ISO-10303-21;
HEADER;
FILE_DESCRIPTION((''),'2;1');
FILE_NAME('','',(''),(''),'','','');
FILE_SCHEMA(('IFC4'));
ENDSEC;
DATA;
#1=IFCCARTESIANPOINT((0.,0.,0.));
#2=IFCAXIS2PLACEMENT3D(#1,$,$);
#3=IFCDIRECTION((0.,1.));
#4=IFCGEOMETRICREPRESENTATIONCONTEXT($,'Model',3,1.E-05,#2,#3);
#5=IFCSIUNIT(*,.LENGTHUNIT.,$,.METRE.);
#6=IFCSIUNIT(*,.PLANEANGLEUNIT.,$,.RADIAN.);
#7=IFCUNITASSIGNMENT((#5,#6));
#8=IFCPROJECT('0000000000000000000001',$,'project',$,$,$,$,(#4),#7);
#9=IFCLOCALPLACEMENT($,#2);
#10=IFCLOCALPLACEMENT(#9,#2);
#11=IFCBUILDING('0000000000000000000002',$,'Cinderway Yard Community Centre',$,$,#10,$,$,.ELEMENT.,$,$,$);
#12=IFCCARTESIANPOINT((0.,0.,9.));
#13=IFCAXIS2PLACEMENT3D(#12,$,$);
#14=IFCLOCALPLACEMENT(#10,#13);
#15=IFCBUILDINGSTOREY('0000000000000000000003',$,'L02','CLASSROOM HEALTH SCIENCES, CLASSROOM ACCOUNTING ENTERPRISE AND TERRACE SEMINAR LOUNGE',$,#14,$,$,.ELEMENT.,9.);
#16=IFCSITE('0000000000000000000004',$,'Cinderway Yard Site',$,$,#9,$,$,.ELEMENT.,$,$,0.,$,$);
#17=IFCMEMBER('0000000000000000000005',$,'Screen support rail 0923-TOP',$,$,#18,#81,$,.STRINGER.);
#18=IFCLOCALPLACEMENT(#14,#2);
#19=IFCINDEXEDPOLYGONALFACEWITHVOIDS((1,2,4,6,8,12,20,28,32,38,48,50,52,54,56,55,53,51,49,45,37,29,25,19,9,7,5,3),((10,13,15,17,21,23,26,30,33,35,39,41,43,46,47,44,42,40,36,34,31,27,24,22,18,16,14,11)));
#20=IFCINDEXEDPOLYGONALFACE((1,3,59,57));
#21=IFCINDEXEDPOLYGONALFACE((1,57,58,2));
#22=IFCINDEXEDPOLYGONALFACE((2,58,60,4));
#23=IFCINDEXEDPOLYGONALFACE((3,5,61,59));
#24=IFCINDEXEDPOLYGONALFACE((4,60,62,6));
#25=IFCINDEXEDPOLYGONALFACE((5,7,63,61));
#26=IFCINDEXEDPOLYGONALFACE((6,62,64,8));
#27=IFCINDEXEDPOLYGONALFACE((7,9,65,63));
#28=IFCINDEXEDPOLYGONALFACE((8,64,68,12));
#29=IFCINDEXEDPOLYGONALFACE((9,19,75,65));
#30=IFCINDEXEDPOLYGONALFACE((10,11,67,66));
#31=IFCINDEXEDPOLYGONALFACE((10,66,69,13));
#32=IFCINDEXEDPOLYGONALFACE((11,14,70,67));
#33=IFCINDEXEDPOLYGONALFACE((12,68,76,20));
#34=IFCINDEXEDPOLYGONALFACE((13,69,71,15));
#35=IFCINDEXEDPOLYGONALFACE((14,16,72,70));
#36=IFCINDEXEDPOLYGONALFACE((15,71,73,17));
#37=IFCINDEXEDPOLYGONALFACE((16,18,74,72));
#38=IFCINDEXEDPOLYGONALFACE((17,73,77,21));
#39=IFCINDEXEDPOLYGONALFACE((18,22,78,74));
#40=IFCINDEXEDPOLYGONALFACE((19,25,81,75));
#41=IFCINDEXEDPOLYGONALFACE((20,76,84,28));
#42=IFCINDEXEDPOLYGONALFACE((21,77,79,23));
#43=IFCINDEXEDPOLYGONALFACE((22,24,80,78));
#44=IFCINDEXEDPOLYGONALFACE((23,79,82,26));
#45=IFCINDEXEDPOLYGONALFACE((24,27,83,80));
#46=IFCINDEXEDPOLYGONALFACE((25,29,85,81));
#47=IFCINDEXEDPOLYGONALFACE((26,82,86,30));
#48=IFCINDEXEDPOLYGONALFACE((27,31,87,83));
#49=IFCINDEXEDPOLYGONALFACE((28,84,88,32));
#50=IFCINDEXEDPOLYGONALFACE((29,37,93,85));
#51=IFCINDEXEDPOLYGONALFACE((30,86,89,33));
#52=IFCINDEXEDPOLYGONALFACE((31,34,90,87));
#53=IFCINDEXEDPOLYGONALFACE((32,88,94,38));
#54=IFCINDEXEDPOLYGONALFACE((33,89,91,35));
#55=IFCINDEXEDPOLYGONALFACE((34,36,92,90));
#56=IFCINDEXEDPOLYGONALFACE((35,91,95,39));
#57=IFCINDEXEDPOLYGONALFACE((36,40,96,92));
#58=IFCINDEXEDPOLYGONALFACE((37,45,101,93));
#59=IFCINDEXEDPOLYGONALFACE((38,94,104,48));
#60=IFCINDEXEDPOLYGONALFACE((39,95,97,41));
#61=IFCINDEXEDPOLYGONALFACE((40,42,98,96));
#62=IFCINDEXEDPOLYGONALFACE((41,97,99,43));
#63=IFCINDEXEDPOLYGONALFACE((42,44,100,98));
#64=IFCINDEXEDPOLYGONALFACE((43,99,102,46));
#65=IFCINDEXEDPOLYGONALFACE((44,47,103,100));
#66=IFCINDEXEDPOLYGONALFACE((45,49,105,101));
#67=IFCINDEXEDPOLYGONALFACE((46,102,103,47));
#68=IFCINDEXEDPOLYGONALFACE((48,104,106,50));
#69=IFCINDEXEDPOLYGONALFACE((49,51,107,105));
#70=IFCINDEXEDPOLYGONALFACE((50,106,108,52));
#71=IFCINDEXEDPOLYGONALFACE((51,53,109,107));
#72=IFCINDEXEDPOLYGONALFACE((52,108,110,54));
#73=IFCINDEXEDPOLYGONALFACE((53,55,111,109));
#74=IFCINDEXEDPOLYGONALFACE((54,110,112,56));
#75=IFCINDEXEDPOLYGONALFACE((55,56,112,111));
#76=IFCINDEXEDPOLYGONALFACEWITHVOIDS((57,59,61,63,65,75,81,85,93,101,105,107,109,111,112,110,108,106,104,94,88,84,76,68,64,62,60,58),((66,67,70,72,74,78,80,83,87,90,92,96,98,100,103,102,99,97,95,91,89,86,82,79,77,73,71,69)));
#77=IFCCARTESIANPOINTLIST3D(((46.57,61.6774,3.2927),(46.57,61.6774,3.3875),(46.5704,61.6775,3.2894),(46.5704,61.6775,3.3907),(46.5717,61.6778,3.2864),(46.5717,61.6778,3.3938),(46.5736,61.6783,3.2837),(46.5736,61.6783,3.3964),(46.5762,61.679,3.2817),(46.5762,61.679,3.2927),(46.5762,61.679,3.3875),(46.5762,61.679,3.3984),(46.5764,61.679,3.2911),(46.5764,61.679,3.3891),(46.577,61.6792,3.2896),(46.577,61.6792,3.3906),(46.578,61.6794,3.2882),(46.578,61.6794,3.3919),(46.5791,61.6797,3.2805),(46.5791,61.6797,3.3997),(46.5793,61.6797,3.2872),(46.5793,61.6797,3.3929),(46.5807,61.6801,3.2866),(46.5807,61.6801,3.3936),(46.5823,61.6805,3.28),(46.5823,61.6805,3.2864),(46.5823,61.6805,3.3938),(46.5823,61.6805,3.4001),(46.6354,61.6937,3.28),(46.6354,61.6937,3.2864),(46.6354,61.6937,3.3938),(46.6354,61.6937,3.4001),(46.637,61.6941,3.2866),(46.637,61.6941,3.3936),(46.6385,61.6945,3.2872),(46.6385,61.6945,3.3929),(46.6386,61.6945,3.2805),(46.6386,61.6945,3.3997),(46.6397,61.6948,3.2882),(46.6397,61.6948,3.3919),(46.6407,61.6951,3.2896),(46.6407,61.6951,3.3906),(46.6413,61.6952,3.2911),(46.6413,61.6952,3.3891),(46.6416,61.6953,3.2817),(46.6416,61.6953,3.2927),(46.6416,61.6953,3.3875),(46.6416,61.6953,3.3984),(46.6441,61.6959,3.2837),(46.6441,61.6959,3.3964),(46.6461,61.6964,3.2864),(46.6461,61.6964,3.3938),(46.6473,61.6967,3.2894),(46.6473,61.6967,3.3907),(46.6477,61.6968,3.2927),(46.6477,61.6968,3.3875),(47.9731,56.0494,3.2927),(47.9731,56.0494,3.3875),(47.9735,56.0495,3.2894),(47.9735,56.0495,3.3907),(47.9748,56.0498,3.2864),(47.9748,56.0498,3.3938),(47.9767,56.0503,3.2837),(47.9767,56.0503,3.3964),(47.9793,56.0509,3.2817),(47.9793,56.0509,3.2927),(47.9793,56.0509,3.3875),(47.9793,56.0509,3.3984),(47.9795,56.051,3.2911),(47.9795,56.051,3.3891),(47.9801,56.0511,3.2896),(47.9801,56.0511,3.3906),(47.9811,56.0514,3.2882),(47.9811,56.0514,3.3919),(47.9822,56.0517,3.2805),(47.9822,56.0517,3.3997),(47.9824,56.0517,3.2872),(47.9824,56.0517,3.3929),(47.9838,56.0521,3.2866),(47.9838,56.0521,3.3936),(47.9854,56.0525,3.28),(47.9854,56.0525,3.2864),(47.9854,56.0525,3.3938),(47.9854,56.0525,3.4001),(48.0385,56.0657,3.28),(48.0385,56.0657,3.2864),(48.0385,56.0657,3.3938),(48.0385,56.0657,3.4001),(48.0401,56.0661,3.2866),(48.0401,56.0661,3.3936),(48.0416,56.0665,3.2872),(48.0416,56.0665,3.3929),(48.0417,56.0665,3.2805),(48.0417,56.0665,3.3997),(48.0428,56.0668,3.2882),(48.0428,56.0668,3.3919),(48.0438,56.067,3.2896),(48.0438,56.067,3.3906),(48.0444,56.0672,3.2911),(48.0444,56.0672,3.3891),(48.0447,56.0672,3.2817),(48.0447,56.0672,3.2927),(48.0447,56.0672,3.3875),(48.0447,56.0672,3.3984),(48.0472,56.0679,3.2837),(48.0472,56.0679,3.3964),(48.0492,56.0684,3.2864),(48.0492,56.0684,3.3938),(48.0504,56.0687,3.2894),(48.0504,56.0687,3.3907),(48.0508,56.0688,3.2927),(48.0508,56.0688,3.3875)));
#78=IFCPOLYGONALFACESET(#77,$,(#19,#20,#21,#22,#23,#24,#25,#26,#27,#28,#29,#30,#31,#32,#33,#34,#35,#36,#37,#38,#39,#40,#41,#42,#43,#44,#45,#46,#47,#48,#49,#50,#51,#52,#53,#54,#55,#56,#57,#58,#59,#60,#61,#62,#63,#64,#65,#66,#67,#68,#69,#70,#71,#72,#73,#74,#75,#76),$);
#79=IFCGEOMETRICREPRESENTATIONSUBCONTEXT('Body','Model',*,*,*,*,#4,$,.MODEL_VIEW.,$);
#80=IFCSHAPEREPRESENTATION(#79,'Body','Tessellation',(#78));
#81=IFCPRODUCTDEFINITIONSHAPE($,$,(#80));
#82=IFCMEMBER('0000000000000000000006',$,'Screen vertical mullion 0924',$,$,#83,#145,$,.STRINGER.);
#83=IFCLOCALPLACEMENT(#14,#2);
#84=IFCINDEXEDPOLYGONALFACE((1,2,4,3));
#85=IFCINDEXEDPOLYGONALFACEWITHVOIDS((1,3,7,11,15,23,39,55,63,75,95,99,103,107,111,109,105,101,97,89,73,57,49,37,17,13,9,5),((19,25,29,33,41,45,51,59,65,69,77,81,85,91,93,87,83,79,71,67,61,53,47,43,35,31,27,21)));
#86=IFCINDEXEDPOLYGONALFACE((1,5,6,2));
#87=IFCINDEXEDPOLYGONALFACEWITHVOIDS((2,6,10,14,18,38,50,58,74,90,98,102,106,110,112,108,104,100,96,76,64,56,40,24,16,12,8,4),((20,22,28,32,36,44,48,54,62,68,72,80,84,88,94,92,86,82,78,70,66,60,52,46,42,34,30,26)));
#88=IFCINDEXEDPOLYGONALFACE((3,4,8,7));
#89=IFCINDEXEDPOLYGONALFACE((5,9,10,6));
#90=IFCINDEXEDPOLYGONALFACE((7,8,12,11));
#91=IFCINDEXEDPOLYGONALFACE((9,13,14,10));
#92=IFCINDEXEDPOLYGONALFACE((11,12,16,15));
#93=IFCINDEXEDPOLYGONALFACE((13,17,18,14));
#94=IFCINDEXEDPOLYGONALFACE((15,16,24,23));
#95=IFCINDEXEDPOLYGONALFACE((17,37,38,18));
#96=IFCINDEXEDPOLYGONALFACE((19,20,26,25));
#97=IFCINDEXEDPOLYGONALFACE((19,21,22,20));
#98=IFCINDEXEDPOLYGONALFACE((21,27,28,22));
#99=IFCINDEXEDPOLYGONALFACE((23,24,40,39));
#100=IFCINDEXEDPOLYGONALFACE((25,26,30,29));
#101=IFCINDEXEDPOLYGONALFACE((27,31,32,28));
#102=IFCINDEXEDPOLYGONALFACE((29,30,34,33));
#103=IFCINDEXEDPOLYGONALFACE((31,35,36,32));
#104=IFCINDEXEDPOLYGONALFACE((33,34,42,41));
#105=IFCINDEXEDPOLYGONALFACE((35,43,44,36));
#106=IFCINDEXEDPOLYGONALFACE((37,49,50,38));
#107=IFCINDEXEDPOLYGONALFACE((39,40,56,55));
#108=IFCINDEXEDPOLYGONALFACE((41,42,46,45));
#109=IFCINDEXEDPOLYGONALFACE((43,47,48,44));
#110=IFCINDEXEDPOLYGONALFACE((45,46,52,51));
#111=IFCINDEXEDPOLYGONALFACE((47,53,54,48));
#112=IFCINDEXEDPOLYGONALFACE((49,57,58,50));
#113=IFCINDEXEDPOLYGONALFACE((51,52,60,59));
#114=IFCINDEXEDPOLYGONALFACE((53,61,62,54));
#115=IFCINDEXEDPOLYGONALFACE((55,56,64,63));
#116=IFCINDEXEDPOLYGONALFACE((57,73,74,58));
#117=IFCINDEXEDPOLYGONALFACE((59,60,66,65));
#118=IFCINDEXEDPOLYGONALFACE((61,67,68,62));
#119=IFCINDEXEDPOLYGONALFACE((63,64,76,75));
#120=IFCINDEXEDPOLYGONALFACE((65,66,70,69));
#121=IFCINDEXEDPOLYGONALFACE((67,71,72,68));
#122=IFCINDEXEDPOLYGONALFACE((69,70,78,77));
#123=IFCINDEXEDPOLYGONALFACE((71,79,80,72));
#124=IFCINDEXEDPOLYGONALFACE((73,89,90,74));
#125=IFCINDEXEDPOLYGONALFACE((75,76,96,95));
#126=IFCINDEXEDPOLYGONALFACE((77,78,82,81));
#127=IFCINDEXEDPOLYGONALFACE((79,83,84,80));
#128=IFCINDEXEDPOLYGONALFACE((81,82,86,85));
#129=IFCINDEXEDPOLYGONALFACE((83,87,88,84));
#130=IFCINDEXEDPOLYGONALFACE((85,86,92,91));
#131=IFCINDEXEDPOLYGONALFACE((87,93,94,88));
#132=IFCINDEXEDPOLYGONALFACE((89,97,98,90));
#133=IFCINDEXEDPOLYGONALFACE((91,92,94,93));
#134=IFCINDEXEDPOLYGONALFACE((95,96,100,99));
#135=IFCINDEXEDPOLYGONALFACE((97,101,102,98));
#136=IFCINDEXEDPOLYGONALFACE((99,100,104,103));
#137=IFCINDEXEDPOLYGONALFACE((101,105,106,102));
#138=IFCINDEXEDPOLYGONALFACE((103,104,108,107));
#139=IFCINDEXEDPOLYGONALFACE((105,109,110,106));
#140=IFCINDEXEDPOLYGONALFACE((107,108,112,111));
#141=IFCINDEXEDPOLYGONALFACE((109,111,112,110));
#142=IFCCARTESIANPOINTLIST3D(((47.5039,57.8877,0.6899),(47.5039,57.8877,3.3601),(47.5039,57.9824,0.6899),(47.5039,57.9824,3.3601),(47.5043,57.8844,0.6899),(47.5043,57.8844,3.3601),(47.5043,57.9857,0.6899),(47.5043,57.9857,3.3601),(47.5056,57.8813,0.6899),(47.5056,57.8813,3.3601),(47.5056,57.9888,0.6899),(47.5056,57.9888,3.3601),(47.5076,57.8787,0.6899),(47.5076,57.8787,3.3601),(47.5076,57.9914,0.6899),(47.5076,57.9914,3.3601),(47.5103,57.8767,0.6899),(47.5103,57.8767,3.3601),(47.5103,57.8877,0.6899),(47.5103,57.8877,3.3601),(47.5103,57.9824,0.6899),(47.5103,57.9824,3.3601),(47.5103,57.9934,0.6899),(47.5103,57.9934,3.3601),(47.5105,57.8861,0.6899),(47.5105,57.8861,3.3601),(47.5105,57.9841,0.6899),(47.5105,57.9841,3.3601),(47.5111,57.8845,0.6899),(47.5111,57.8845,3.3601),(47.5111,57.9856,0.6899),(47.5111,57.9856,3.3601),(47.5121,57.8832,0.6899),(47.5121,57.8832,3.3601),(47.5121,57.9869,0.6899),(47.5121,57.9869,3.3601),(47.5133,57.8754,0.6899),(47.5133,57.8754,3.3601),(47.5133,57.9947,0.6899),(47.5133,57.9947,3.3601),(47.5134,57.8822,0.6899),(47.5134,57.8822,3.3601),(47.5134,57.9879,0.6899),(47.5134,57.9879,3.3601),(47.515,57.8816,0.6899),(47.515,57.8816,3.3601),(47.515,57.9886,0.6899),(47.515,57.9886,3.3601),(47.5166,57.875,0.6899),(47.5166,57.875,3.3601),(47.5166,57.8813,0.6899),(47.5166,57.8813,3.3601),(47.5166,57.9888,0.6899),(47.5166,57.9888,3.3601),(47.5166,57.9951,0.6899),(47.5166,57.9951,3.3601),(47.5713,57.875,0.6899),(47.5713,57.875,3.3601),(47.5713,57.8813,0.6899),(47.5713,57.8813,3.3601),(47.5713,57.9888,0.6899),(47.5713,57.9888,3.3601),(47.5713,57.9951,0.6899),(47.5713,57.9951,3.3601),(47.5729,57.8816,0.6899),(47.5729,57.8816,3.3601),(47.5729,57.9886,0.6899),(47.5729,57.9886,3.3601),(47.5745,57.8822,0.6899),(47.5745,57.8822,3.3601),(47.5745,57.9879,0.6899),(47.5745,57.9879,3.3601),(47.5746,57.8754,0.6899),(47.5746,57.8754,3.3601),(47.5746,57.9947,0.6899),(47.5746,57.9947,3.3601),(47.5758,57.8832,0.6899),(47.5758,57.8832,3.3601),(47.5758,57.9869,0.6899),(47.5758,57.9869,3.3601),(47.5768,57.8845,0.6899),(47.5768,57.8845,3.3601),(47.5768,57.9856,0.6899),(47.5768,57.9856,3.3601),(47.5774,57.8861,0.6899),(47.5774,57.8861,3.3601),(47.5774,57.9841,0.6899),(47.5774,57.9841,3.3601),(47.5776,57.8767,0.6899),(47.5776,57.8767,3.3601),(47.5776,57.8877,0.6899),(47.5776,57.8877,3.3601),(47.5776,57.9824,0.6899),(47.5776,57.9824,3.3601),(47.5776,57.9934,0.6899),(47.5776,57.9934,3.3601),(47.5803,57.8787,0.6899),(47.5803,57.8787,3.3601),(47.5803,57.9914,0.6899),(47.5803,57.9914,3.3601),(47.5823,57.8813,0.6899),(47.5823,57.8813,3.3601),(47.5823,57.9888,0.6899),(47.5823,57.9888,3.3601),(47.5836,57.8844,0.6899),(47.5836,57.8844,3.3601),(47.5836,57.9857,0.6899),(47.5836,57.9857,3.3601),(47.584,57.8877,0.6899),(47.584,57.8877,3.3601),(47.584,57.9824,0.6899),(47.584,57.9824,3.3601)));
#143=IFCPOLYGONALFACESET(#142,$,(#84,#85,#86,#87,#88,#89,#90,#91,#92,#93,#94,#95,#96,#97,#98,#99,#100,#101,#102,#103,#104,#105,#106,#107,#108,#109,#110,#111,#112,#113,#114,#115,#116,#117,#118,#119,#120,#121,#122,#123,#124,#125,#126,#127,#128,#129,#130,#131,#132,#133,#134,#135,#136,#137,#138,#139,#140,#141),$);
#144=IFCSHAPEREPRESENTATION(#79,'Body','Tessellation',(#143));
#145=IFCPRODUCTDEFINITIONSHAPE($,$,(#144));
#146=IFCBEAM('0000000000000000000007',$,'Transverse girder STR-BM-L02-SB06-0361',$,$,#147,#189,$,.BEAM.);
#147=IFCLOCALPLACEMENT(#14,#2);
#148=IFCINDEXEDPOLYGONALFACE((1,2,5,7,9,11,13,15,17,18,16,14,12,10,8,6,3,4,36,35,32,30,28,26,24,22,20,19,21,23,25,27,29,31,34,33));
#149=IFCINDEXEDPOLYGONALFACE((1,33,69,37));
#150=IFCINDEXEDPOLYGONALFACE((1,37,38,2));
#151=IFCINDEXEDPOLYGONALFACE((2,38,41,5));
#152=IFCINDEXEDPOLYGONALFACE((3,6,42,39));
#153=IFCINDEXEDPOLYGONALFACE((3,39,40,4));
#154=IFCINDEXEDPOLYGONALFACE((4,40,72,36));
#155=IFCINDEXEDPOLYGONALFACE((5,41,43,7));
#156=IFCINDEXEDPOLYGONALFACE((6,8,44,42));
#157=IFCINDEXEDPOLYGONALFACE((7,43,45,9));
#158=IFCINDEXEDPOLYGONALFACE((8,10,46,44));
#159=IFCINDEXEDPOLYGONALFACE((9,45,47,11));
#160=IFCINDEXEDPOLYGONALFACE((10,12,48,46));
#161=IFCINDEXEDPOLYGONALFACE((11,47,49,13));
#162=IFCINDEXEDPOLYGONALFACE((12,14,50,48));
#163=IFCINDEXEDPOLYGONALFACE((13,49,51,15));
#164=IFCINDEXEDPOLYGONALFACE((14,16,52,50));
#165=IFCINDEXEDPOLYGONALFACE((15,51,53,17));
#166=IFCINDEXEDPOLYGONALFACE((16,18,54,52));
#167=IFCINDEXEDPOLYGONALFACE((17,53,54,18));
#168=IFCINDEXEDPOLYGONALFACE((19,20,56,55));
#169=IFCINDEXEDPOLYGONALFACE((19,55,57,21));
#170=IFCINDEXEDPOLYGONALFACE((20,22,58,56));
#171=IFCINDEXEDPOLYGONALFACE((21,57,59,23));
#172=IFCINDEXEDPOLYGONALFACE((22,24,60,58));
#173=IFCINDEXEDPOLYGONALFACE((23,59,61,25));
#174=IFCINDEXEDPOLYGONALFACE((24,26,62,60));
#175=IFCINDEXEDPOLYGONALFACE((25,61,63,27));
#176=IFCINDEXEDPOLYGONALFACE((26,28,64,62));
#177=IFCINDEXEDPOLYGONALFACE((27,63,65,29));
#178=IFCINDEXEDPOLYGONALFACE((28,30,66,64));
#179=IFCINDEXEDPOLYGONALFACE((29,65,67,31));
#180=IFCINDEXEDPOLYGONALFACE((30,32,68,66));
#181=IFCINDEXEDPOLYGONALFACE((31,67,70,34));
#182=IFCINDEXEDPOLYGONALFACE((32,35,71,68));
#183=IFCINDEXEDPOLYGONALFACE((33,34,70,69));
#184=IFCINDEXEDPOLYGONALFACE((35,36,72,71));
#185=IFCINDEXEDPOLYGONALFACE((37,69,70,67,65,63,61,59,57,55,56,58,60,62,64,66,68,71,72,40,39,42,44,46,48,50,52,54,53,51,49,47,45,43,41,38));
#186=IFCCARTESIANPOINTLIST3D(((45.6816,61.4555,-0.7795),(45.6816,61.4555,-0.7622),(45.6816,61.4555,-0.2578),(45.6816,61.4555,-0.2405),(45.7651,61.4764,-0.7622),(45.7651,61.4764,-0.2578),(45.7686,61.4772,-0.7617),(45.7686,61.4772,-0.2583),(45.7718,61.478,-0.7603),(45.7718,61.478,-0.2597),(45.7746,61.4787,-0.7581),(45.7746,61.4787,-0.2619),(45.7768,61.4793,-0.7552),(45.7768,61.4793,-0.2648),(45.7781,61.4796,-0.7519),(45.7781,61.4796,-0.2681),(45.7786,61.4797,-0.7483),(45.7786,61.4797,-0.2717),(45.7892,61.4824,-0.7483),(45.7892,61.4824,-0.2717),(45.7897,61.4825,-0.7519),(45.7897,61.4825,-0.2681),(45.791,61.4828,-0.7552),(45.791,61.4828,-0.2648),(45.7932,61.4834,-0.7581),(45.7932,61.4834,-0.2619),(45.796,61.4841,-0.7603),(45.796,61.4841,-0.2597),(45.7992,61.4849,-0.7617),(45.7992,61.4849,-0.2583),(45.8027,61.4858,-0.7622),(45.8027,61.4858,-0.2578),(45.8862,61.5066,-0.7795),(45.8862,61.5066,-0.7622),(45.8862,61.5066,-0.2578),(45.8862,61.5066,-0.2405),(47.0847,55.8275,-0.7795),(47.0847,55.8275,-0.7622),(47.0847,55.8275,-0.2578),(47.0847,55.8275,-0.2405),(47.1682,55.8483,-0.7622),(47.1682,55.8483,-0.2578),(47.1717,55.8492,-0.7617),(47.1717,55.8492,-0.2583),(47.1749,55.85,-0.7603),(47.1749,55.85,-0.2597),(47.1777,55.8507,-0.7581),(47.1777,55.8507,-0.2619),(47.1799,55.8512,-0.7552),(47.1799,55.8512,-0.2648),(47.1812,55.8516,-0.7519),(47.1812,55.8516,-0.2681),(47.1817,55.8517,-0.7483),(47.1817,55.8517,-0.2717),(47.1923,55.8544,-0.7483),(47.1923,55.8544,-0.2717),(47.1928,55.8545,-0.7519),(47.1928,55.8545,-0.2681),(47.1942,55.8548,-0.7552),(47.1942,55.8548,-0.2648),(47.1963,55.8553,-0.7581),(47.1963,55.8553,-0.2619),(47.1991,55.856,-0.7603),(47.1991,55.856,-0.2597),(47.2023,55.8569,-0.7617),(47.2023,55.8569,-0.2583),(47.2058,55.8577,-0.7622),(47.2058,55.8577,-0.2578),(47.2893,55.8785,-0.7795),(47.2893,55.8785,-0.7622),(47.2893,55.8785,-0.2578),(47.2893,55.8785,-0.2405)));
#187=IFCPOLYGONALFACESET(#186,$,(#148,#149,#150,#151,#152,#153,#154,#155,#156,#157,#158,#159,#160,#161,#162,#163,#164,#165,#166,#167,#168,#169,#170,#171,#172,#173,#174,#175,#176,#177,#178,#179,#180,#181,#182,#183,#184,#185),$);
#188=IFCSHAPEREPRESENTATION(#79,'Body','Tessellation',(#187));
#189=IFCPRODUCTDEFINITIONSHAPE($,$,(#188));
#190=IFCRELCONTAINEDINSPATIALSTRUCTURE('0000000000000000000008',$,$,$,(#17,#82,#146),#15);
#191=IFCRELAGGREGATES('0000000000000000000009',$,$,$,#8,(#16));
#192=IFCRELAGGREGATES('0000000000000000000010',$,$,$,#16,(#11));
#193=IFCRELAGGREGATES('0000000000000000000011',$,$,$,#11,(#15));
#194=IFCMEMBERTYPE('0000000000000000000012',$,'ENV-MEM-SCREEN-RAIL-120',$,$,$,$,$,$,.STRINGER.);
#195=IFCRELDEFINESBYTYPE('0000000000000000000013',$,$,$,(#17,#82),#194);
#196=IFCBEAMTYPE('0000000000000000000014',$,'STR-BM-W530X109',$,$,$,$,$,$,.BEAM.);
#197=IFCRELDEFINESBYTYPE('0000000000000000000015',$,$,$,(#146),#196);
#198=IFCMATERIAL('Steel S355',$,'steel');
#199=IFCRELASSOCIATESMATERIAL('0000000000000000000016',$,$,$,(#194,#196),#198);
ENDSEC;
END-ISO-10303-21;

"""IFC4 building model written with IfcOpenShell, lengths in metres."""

from ifc_helpers import new_model, si_unit, direction, frame, origin, origin_2d, place, context, subcontext, project, spatial, hollow_rectangle, i_section, extrude, material, material_profile, profile_set, type_object, element, save


model = new_model("IFC4")

# Units and contexts
model_context = context("Model", 3, precision=1e-05, world=origin(), true_north=direction((0.0, 1.0)))
body_context = subcontext(model_context, "Body", "Model", "MODEL_VIEW")
ifc_project = project(units=[si_unit("LENGTHUNIT", "METRE"), si_unit("PLANEANGLEUNIT", "RADIAN")], contexts=[model_context])

# Site, building, storey
site_placement = place(None, origin())
site = spatial("IfcSite", under=ifc_project, at=site_placement, Name="Cinderway Yard Site", CompositionType="ELEMENT", RefElevation=0.0)
building_placement = place(site_placement, origin())
building = spatial("IfcBuilding", under=site, at=building_placement, Name="Cinderway Yard Community Centre", CompositionType="ELEMENT")
storey_placement = place(building_placement, frame((0.0, 0.0, 9.0)))
storey = spatial("IfcBuildingStorey", under=building, at=storey_placement, Name="L02", Description="CLASSROOM HEALTH SCIENCES, CLASSROOM ACCOUNTING ENTERPRISE AND TERRACE SEMINAR LOUNGE", CompositionType="ELEMENT", Elevation=9.0)

# Members
ifc_material_1 = material(Name="Steel S355", Category="steel")
ifc_material_profile_1 = material_profile(ifc_material_1, hollow_rectangle(XDim=0.0801, YDim=0.1201, WallThickness=0.0063, InnerFilletRadius=0.0063, OuterFilletRadius=0.0127, at=origin_2d()), Name="Steel S355")
ifc_profile_set_1 = profile_set([ifc_material_profile_1], Name="Steel S355")
member_type_1 = type_object("IfcMemberType", Name="ENV-MEM-SCREEN-RAIL-120", PredefinedType="STRINGER", material=ifc_profile_set_1)
for number, where, z_axis, x_axis, name in (
    (1, (48.012, 56.0591, 3.3401), (-0.241902, 0.970301, 0.0), (-0.970301, -0.241902, 0.0), "Screen support rail 0923-TOP"),
):
    element("IfcMember", number, at=place(storey_placement, frame(where, z_axis=z_axis, x_axis=x_axis)), inside=storey, type_object=member_type_1, Name=name, PredefinedType="STRINGER", context=body_context, shape_type="SweptSolid", body=[
        extrude(hollow_rectangle(XDim=0.0801, YDim=0.1201, WallThickness=0.0063, InnerFilletRadius=0.0063, OuterFilletRadius=0.0127, at=origin_2d()), origin(), (0.0, 0.0, 1.0), 5.8003),
    ])
member_1_placement = place(storey_placement, frame((47.5439, 57.9351, 0.6899), z_axis=(0.0, 0.0, 1.0), x_axis=(1.0, 0.0, 0.0)))
element("IfcMember", 2, at=member_1_placement, inside=storey, type_object=member_type_1, Name="Screen vertical mullion 0924", PredefinedType="STRINGER", context=body_context, shape_type="SweptSolid", body=[
    extrude(hollow_rectangle(XDim=0.0801, YDim=0.1201, WallThickness=0.0063, InnerFilletRadius=0.0063, OuterFilletRadius=0.0127, at=origin_2d()), origin(), (0.0, 0.0, 1.0), 2.6702),
])

# Beam
ifc_material_profile_2 = material_profile(ifc_material_1, i_section(OverallWidth=0.2109, OverallDepth=0.5391, WebThickness=0.011, FlangeThickness=0.0173, FilletRadius=0.0139, at=origin_2d()), Name="Steel S355")
ifc_profile_set_2 = profile_set([ifc_material_profile_2], Name="Steel S355")
beam_type = type_object("IfcBeamType", Name="STR-BM-W530X109", PredefinedType="BEAM", material=ifc_profile_set_2)
beam_placement = place(storey_placement, frame((47.187, 55.853, -0.51), z_axis=(-0.241902, 0.970301, 0.0), x_axis=(-0.970301, -0.241902, 0.0)))
element("IfcBeam", 3, at=beam_placement, inside=storey, type_object=beam_type, Name="Transverse girder STR-BM-L02-SB06-0361", PredefinedType="BEAM", context=body_context, shape_type="SweptSolid", body=[
    extrude(i_section(OverallWidth=0.2109, OverallDepth=0.5391, WebThickness=0.011, FlangeThickness=0.0173, FilletRadius=0.0139, at=origin_2d()), origin(), (0.0, 0.0, 1.0), 5.8003),
])

save(model, "model.ifc")
